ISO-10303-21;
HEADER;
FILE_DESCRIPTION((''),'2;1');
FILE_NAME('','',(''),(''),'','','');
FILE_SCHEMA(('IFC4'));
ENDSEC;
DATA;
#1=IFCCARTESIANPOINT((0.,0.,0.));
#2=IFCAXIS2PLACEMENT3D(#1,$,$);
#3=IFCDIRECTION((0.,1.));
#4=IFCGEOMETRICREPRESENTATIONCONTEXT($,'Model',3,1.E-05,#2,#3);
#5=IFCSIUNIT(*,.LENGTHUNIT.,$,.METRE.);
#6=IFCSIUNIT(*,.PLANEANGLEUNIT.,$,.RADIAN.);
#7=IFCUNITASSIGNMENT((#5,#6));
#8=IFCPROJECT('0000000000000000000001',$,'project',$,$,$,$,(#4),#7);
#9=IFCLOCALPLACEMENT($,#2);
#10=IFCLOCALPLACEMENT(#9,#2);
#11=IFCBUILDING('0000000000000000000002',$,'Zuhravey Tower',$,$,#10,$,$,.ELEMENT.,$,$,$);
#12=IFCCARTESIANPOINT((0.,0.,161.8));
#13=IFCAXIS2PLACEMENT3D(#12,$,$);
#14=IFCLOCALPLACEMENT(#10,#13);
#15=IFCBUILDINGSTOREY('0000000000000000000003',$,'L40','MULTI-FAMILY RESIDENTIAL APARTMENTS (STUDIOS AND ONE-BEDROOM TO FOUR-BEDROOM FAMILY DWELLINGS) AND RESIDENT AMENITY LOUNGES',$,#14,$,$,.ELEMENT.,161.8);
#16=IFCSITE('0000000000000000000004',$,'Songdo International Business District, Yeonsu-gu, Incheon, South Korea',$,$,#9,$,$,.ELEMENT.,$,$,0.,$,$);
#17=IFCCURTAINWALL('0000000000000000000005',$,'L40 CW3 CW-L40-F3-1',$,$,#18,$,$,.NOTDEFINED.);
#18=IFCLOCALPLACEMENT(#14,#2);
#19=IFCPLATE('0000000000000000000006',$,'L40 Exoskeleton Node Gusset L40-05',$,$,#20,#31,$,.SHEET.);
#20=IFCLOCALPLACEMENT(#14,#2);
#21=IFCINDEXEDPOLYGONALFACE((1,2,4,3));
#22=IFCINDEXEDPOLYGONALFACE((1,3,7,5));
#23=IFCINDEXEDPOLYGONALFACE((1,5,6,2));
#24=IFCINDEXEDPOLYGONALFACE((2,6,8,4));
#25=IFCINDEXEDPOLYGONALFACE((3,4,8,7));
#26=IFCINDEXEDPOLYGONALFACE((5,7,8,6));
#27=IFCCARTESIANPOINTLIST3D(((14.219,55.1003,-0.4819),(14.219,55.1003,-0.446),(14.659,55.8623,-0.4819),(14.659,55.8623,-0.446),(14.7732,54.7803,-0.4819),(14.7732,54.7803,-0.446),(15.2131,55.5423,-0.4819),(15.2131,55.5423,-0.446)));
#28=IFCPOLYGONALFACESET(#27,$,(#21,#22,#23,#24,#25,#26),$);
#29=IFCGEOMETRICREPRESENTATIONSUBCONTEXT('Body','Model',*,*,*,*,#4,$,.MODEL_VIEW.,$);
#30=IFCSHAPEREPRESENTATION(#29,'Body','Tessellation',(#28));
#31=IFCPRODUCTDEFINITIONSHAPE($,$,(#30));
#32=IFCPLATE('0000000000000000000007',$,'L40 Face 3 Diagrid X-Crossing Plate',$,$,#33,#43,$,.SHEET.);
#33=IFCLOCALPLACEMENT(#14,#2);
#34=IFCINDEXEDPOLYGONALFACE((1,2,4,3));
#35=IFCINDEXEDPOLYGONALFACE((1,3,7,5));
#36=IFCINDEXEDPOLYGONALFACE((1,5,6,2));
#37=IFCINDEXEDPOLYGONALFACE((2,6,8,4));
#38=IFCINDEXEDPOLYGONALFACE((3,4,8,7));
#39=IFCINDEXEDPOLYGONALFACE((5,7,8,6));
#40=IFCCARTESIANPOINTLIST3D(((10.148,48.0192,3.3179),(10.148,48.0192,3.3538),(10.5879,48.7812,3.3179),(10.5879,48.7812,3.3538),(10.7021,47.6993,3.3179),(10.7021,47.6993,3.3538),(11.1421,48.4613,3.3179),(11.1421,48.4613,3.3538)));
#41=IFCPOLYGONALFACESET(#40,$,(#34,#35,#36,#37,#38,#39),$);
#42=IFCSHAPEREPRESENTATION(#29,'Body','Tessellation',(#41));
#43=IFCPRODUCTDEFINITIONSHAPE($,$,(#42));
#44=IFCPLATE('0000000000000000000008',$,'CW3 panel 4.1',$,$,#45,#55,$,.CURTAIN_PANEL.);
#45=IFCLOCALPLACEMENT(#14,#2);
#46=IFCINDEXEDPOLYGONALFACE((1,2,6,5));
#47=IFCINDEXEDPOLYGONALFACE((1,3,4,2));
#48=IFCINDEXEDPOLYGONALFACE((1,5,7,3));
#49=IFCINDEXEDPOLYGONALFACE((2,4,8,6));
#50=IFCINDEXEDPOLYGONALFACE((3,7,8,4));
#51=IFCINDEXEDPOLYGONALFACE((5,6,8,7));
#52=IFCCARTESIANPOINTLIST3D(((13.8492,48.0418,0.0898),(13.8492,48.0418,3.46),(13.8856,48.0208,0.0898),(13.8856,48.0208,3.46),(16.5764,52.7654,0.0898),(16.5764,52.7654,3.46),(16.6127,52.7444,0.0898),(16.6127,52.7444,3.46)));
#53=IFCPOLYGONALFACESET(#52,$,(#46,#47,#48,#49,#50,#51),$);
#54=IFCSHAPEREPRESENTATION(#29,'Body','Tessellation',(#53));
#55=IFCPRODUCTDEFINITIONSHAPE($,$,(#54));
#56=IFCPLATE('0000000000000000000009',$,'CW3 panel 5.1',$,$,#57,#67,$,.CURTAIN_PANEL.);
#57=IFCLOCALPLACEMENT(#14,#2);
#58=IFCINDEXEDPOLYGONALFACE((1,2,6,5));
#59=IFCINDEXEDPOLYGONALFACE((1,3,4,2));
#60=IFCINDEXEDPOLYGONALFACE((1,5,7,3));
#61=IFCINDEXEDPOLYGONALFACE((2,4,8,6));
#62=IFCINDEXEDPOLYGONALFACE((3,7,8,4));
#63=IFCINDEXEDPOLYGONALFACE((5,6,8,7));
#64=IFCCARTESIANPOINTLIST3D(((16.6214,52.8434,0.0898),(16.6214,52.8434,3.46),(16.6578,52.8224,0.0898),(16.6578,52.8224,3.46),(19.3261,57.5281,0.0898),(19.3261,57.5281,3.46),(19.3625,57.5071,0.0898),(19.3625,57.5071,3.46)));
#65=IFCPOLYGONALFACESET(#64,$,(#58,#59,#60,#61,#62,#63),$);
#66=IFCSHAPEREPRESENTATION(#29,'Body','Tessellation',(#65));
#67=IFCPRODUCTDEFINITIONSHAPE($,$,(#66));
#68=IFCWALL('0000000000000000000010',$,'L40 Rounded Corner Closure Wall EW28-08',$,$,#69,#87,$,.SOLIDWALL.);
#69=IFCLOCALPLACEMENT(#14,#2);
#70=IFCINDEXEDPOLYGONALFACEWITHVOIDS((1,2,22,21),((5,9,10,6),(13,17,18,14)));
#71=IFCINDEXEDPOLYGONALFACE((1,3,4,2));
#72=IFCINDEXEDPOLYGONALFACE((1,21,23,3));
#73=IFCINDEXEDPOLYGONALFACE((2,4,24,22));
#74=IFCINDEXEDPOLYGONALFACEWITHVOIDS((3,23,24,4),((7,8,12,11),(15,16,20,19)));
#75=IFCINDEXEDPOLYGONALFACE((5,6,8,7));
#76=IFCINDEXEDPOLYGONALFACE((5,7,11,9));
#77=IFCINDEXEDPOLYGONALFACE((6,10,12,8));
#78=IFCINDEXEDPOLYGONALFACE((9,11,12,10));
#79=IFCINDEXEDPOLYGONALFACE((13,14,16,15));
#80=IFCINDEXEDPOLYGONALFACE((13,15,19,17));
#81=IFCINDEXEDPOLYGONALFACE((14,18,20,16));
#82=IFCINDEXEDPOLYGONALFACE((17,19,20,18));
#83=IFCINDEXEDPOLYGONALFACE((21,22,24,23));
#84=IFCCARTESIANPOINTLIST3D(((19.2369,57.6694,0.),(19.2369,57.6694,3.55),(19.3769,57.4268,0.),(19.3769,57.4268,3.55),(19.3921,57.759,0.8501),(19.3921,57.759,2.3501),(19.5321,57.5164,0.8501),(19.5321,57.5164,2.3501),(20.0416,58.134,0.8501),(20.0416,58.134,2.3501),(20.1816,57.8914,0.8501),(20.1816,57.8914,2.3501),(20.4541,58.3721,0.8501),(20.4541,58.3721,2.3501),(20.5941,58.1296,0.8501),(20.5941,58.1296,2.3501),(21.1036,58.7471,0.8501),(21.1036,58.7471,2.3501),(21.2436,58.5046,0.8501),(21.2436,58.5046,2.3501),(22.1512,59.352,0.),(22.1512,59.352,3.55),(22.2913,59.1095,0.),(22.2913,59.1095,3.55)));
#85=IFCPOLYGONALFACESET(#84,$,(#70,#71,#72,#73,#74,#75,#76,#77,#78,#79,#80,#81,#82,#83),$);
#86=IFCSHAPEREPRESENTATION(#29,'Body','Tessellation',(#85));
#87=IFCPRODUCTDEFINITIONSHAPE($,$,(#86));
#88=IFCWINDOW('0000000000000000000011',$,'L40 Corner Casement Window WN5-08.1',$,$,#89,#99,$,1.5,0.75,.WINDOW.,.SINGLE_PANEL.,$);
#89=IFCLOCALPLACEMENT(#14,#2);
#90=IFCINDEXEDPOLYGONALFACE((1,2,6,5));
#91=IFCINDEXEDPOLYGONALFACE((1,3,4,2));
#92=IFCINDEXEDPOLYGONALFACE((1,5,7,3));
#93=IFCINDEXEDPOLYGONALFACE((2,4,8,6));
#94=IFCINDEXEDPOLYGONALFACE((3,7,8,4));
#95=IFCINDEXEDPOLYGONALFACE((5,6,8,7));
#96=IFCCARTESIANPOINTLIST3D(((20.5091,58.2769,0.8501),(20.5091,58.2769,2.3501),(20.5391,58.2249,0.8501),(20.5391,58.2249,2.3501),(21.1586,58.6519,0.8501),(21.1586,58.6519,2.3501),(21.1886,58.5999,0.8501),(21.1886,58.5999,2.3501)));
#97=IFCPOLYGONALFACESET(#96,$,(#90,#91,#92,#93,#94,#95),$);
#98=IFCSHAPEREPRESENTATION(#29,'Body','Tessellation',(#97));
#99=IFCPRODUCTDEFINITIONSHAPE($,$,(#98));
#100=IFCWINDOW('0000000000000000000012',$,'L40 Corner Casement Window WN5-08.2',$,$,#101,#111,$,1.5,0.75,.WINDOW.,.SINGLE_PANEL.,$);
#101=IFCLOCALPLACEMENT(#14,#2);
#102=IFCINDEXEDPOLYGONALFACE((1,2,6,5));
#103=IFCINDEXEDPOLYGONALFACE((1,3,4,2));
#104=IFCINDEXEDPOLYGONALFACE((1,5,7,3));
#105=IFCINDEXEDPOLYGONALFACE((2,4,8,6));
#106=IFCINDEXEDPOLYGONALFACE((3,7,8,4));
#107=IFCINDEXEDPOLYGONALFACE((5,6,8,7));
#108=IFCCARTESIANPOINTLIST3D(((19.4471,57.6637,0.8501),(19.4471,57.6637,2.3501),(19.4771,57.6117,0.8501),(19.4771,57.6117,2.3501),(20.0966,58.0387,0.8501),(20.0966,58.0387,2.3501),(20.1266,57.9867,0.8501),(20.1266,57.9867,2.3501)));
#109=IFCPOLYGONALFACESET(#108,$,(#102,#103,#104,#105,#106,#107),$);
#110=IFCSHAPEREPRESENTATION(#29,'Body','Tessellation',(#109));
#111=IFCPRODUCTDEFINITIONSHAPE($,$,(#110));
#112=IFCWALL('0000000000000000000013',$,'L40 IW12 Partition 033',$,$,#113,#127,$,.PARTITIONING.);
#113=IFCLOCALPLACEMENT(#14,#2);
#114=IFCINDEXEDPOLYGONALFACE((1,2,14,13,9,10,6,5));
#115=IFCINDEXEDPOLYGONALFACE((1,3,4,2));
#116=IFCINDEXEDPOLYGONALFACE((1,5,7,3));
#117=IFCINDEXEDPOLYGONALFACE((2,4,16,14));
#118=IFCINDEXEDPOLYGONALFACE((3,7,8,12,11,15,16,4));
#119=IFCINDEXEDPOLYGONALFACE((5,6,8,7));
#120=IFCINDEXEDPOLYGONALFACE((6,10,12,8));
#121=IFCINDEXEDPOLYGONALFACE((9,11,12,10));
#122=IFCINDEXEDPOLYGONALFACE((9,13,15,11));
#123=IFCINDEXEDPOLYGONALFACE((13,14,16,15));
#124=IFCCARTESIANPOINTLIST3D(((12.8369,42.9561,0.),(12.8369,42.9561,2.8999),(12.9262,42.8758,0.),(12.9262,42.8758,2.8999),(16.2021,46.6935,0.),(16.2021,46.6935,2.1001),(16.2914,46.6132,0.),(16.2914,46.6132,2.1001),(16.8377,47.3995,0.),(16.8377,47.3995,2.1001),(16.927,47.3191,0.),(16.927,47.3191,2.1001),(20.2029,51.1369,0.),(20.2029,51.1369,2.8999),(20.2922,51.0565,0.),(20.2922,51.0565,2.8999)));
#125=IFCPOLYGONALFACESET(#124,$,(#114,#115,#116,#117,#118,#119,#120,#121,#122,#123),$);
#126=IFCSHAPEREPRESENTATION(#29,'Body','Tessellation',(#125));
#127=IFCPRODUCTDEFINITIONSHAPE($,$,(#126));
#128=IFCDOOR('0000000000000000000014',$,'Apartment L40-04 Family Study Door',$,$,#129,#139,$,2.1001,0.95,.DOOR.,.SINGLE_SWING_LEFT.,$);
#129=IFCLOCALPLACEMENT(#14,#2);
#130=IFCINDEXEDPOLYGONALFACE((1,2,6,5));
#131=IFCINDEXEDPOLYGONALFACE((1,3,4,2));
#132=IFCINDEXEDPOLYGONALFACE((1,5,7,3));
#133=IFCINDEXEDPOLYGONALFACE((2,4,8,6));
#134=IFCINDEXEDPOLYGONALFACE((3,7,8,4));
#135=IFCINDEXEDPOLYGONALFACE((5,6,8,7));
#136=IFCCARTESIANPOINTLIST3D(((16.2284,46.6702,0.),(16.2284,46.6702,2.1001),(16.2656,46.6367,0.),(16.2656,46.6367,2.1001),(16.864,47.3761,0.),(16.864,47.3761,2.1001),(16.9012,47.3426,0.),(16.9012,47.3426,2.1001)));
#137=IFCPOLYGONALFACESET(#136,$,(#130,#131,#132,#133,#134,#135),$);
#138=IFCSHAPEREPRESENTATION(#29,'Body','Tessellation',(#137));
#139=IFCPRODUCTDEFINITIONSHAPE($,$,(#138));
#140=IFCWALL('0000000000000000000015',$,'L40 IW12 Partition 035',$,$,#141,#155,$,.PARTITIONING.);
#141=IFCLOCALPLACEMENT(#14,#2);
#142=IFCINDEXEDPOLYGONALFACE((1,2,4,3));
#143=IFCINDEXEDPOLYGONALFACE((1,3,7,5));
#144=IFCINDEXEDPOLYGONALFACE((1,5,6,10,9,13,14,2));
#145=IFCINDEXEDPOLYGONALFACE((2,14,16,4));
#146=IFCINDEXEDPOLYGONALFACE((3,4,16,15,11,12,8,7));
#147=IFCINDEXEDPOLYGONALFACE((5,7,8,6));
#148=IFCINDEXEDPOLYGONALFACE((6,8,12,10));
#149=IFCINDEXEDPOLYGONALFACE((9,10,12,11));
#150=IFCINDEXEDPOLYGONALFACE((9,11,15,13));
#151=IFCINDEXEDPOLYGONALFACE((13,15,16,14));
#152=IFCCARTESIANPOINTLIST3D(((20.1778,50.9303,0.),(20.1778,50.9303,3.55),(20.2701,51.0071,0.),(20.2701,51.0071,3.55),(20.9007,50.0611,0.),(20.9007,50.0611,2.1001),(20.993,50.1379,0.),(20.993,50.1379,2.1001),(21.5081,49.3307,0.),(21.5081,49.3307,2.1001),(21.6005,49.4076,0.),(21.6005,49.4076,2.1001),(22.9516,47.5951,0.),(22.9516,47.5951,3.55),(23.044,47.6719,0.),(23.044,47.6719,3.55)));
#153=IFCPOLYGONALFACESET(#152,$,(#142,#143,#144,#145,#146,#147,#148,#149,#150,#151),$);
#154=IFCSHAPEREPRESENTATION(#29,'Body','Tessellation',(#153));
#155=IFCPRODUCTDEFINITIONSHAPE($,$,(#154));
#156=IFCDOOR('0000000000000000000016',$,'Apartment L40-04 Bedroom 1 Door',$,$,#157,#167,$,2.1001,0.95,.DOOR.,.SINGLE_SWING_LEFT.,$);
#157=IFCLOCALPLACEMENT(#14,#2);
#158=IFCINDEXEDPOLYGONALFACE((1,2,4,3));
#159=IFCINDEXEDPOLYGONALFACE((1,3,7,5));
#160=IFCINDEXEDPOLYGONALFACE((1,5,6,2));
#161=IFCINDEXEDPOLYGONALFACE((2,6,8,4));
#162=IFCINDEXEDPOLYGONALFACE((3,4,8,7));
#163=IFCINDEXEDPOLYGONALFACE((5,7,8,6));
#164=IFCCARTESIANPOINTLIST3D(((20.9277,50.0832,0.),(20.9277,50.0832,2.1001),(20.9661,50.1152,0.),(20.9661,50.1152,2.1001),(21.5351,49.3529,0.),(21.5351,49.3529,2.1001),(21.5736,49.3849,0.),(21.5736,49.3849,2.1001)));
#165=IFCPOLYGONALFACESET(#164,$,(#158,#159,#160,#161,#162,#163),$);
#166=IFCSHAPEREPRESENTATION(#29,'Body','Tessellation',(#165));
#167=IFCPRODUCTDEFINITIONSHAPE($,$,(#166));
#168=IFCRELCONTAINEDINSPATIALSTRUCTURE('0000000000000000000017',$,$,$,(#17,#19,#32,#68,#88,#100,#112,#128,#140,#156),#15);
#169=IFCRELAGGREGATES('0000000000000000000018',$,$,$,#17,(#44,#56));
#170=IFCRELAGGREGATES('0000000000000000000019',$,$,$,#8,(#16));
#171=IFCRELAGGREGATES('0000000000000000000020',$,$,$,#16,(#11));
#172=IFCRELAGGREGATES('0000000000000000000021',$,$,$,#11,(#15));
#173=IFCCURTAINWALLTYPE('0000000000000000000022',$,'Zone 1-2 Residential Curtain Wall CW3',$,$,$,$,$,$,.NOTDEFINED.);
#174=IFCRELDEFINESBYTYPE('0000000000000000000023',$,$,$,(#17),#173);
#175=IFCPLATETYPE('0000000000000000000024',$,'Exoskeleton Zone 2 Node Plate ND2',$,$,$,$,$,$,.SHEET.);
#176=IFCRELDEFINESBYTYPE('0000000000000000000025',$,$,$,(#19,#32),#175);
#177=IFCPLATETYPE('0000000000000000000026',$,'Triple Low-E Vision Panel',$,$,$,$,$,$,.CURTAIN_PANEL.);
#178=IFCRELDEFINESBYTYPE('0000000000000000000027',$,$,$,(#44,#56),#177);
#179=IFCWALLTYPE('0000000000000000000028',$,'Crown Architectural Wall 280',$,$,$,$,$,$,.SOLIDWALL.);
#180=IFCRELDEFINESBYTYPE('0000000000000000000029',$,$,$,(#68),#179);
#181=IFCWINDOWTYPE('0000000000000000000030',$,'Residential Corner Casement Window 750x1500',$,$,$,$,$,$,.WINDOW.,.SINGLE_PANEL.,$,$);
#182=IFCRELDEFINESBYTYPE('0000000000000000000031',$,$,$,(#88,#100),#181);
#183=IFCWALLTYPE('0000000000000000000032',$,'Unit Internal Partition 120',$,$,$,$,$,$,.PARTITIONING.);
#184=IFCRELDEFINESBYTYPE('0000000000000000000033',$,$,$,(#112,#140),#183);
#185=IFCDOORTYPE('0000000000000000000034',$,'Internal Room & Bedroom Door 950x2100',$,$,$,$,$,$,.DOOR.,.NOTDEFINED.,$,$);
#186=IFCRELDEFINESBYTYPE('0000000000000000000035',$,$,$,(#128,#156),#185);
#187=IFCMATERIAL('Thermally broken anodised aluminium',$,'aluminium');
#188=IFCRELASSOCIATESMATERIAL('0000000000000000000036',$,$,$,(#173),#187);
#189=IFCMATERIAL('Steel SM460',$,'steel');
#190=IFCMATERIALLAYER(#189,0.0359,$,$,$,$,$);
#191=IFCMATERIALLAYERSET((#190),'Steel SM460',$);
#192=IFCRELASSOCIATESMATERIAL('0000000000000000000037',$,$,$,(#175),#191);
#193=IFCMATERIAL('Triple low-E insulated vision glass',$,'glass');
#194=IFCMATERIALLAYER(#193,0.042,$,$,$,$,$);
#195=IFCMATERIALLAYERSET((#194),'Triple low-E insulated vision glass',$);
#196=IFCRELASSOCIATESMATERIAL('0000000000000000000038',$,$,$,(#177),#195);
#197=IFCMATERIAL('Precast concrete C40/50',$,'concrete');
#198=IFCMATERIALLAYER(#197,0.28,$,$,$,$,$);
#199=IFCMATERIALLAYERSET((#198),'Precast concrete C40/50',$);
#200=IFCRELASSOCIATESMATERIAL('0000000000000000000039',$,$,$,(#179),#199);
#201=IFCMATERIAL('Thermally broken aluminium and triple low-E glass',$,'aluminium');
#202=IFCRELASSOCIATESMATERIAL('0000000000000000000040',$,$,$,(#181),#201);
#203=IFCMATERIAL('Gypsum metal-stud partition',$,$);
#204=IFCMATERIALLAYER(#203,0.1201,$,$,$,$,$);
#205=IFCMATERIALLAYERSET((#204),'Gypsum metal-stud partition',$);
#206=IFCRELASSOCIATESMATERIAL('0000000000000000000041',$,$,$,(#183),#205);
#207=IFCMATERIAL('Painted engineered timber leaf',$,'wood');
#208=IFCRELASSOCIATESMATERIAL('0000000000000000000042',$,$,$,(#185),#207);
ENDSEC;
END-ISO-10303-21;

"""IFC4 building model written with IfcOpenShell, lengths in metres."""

from ifc_helpers import new_model, si_unit, direction, frame, frame_2d, origin, origin_2d, place, context, subcontext, project, spatial, rectangle, extrude, material, layer, layer_set, type_object, element, fill, aggregate, save


model = new_model("IFC4")

# Units and contexts
model_context = context("Model", 3, precision=1e-05, world=origin(), true_north=direction((0.0, 1.0)))
body_context = subcontext(model_context, "Body", "Model", "MODEL_VIEW")
ifc_project = project(units=[si_unit("LENGTHUNIT", "METRE"), si_unit("PLANEANGLEUNIT", "RADIAN")], contexts=[model_context])

# Site, building, storey
site_placement = place(None, origin())
site = spatial("IfcSite", under=ifc_project, at=site_placement, Name="Songdo International Business District, Yeonsu-gu, Incheon, South Korea", CompositionType="ELEMENT", RefElevation=0.0)
building_placement = place(site_placement, origin())
building = spatial("IfcBuilding", under=site, at=building_placement, Name="Zuhravey Tower", CompositionType="ELEMENT")
storey_placement = place(building_placement, frame((0.0, 0.0, 161.8)))
storey = spatial("IfcBuildingStorey", under=building, at=storey_placement, Name="L40", Description="MULTI-FAMILY RESIDENTIAL APARTMENTS (STUDIOS AND ONE-BEDROOM TO FOUR-BEDROOM FAMILY DWELLINGS) AND RESIDENT AMENITY LOUNGES", CompositionType="ELEMENT", Elevation=161.8)

# Curtain wall
ifc_material_1 = material(Name="Thermally broken anodised aluminium", Category="aluminium")
curtain_wall_type = type_object("IfcCurtainWallType", Name="Zone 1-2 Residential Curtain Wall CW3", PredefinedType="NOTDEFINED", material=ifc_material_1)
curtain_wall_1_placement = place(storey_placement, origin())
curtain_wall_1 = element("IfcCurtainWall", 1, at=curtain_wall_1_placement, inside=storey, type_object=curtain_wall_type, Name="L40 CW3 CW-L40-F3-1", PredefinedType="NOTDEFINED")

# Shared definitions
ifc_material_2 = material(Name="Steel SM460", Category="steel")

# Plates
ifc_layer_1 = layer(ifc_material_2, 0.0359)
ifc_layer_set_1 = layer_set([ifc_layer_1], Name="Steel SM460")
plate_type_1 = type_object("IfcPlateType", Name="Exoskeleton Zone 2 Node Plate ND2", PredefinedType="SHEET", material=ifc_layer_set_1)
for number, where, z_axis, x_axis, name in (
    (2, (14.7161, 55.3213, -0.4819), (0.0, 0.0, 1.0), (-0.5, -0.866025, 0.0), "L40 Exoskeleton Node Gusset L40-05"),
    (3, (10.645, 48.2402, 3.3179), (0.0, 0.0, 1.0), (-0.5, -0.866025, 0.0), "L40 Face 3 Diagrid X-Crossing Plate"),
):
    element("IfcPlate", number, at=place(storey_placement, frame(where, z_axis=z_axis, x_axis=x_axis)), inside=storey, type_object=plate_type_1, Name=name, PredefinedType="SHEET", context=body_context, shape_type="SweptSolid", body=[
        extrude(rectangle(XDim=0.8799, YDim=0.6399, at=origin_2d()), origin(), (0.0, 0.0, 1.0), 0.0359),
    ])

# Plates
ifc_material_3 = material(Name="Triple low-E insulated vision glass", Category="glass")
ifc_layer_2 = layer(ifc_material_3, 0.042)
ifc_layer_set_2 = layer_set([ifc_layer_2], Name="Triple low-E insulated vision glass")
plate_type_2 = type_object("IfcPlateType", Name="Triple Low-E Vision Panel", PredefinedType="CURTAIN_PANEL", material=ifc_layer_set_2)
plate_1_placement = place(storey_placement, frame((15.231, 50.3931, 0.0898), z_axis=(0.0, 0.0, 1.0), x_axis=(0.5, 0.866025, 0.0)))
plate_1 = element("IfcPlate", 4, at=plate_1_placement, type_object=plate_type_2, Name="CW3 panel 4.1", PredefinedType="CURTAIN_PANEL", context=body_context, shape_type="SweptSolid", body=[
    extrude(rectangle(XDim=5.4543, YDim=0.042, at=origin_2d()), origin(), (0.0, 0.0, 1.0), 3.3701),
])
plate_2_placement = place(storey_placement, frame((17.9919, 55.1753, 0.0898), z_axis=(0.0, 0.0, 1.0), x_axis=(0.5, 0.866025, 0.0)))
plate_2 = element("IfcPlate", 5, at=plate_2_placement, type_object=plate_type_2, Name="CW3 panel 5.1", PredefinedType="CURTAIN_PANEL", context=body_context, shape_type="SweptSolid", body=[
    extrude(rectangle(XDim=5.4094, YDim=0.042, at=origin_2d()), origin(), (0.0, 0.0, 1.0), 3.3701),
])
aggregate(curtain_wall_1, [plate_1, plate_2])

# Wall, openings, windows
ifc_material_4 = material(Name="Precast concrete C40/50", Category="concrete")
ifc_layer_3 = layer(ifc_material_4, 0.28)
ifc_layer_set_3 = layer_set([ifc_layer_3], Name="Precast concrete C40/50")
wall_type_1 = type_object("IfcWallType", Name="Crown Architectural Wall 280", PredefinedType="SOLIDWALL", material=ifc_layer_set_3)
wall_1_placement = place(storey_placement, frame((19.3069, 57.5481, 0.0), z_axis=(0.0, 0.0, 1.0), x_axis=(0.86602, 0.500009, 0.0)))
wall_1 = element("IfcWall", 6, at=wall_1_placement, inside=storey, type_object=wall_type_1, Name="L40 Rounded Corner Closure Wall EW28-08", PredefinedType="SOLIDWALL", context=body_context, shape_type="SweptSolid", body=[
    extrude(rectangle(XDim=3.3652, YDim=0.28, at=frame_2d((1.6826, 0.0))), origin(), (0.0, 0.0, 1.0), 3.55),
])
opening_1_placement = place(wall_1_placement, frame((1.4055, 0.0, 0.8501)))
opening_1 = element("IfcOpeningElement", 7, at=opening_1_placement, cuts=wall_1, PredefinedType="OPENING", context=body_context, shape_type="SweptSolid", body=[
    extrude(rectangle(XDim=0.75, YDim=1.5, at=frame_2d((0.375, 0.75))), frame((0.0, 0.1521, 0.0), z_axis=(0.0, -1.0, 0.0), x_axis=(1.0, 0.0, 0.0)), (0.0, 0.0, 1.0), 0.304),
])
opening_2_placement = place(wall_1_placement, frame((0.1792, 0.0, 0.8501)))
opening_2 = element("IfcOpeningElement", 8, at=opening_2_placement, cuts=wall_1, PredefinedType="OPENING", context=body_context, shape_type="SweptSolid", body=[
    extrude(rectangle(XDim=0.75, YDim=1.5, at=frame_2d((0.375, 0.75))), frame((0.0, 0.1521, 0.0), z_axis=(0.0, -1.0, 0.0), x_axis=(1.0, 0.0, 0.0)), (0.0, 0.0, 1.0), 0.304),
])
ifc_material_5 = material(Name="Thermally broken aluminium and triple low-E glass", Category="aluminium")
window_type = type_object("IfcWindowType", Name="Residential Corner Casement Window 750x1500", PartitioningType="SINGLE_PANEL", PredefinedType="WINDOW", material=ifc_material_5)
window_1_placement = place(opening_1_placement, origin())
window_1 = element("IfcWindow", 9, at=window_1_placement, inside=storey, type_object=window_type, Name="L40 Corner Casement Window WN5-08.1", OverallHeight=1.5, OverallWidth=0.75, PartitioningType="SINGLE_PANEL", PredefinedType="WINDOW", context=body_context, shape_type="SweptSolid", body=[
    extrude(rectangle(XDim=0.75, YDim=1.5, at=frame_2d((0.375, 0.75))), frame((0.0, 0.03, 0.0), z_axis=(0.0, -1.0, 0.0), x_axis=(1.0, 0.0, 0.0)), (0.0, 0.0, 1.0), 0.0601),
])
fill(opening_1, window_1)
window_2_placement = place(opening_2_placement, origin())
window_2 = element("IfcWindow", 10, at=window_2_placement, inside=storey, type_object=window_type, Name="L40 Corner Casement Window WN5-08.2", OverallHeight=1.5, OverallWidth=0.75, PartitioningType="SINGLE_PANEL", PredefinedType="WINDOW", context=body_context, shape_type="SweptSolid", body=[
    extrude(rectangle(XDim=0.75, YDim=1.5, at=frame_2d((0.375, 0.75))), frame((0.0, 0.03, 0.0), z_axis=(0.0, -1.0, 0.0), x_axis=(1.0, 0.0, 0.0)), (0.0, 0.0, 1.0), 0.0601),
])
fill(opening_2, window_2)

# Walls, openings, doors
ifc_material_6 = material(Name="Gypsum metal-stud partition")
ifc_layer_4 = layer(ifc_material_6, 0.1201)
ifc_layer_set_4 = layer_set([ifc_layer_4], Name="Gypsum metal-stud partition")
wall_type_2 = type_object("IfcWallType", Name="Unit Internal Partition 120", PredefinedType="PARTITIONING", material=ifc_layer_set_4)
wall_2_placement = place(storey_placement, frame((20.2476, 51.0967, 0.0), z_axis=(0.0, 0.0, 1.0), x_axis=(-0.669134, -0.743142, 0.0)))
wall_2 = element("IfcWall", 11, at=wall_2_placement, inside=storey, type_object=wall_type_2, Name="L40 IW12 Partition 033", PredefinedType="PARTITIONING", context=body_context, shape_type="SweptSolid", body=[
    extrude(rectangle(XDim=11.0083, YDim=0.1201, at=frame_2d((5.5042, 0.0))), origin(), (0.0, 0.0, 1.0), 2.8999),
])
opening_3_placement = place(wall_2_placement, frame((5.0291, 0.0, 0.0)))
opening_3 = element("IfcOpeningElement", 12, at=opening_3_placement, cuts=wall_2, PredefinedType="OPENING", context=body_context, shape_type="SweptSolid", body=[
    extrude(rectangle(XDim=0.95, YDim=2.1001, at=frame_2d((0.4751, 1.05))), frame((0.0, 0.072, 0.0), z_axis=(0.0, -1.0, 0.0), x_axis=(1.0, 0.0, 0.0)), (0.0, 0.0, 1.0), 0.144),
])
ifc_material_7 = material(Name="Painted engineered timber leaf", Category="wood")
door_type = type_object("IfcDoorType", Name="Internal Room & Bedroom Door 950x2100", OperationType="NOTDEFINED", PredefinedType="DOOR", material=ifc_material_7)
door_1_placement = place(opening_3_placement, frame((0.95, 0.0, 0.0), z_axis=(0.0, 0.0, 1.0), x_axis=(-1.0, 0.0, 0.0)))
door_1 = element("IfcDoor", 13, at=door_1_placement, inside=storey, type_object=door_type, Name="Apartment L40-04 Family Study Door", OperationType="SINGLE_SWING_LEFT", OverallHeight=2.1001, OverallWidth=0.95, PredefinedType="DOOR", context=body_context, shape_type="SweptSolid", body=[
    extrude(rectangle(XDim=0.95, YDim=2.1001, at=frame_2d((0.4751, 1.05))), frame((0.0, 0.0249, 0.0), z_axis=(0.0, -1.0, 0.0), x_axis=(1.0, 0.0, 0.0)), (0.0, 0.0, 1.0), 0.05),
])
fill(opening_3, door_1)
wall_3_placement = place(storey_placement, frame((22.9978, 47.6335, 0.0), z_axis=(0.0, 0.0, 1.0), x_axis=(-0.639448, 0.768834, 0.0)))
wall_3 = element("IfcWall", 14, at=wall_3_placement, inside=storey, type_object=wall_type_2, Name="L40 IW12 Partition 035", PredefinedType="PARTITIONING", context=body_context, shape_type="SweptSolid", body=[
    extrude(rectangle(XDim=4.3379, YDim=0.1201, at=frame_2d((2.1689, 0.0))), origin(), (0.0, 0.0, 1.0), 3.55),
])
opening_4_placement = place(wall_3_placement, frame((2.2573, 0.0, 0.0)))
opening_4 = element("IfcOpeningElement", 15, at=opening_4_placement, cuts=wall_3, PredefinedType="OPENING", context=body_context, shape_type="SweptSolid", body=[
    extrude(rectangle(XDim=0.95, YDim=2.1001, at=frame_2d((0.4751, 1.05))), frame((0.0, 0.072, 0.0), z_axis=(0.0, -1.0, 0.0), x_axis=(1.0, 0.0, 0.0)), (0.0, 0.0, 1.0), 0.144),
])
door_2_placement = place(opening_4_placement, frame((0.95, 0.0, 0.0), z_axis=(0.0, 0.0, 1.0), x_axis=(-1.0, 0.0, 0.0)))
door_2 = element("IfcDoor", 16, at=door_2_placement, inside=storey, type_object=door_type, Name="Apartment L40-04 Bedroom 1 Door", OperationType="SINGLE_SWING_LEFT", OverallHeight=2.1001, OverallWidth=0.95, PredefinedType="DOOR", context=body_context, shape_type="SweptSolid", body=[
    extrude(rectangle(XDim=0.95, YDim=2.1001, at=frame_2d((0.4751, 1.05))), frame((0.0, 0.0249, 0.0), z_axis=(0.0, -1.0, 0.0), x_axis=(1.0, 0.0, 0.0)), (0.0, 0.0, 1.0), 0.05),
])
fill(opening_4, door_2)

save(model, "model.ifc")
